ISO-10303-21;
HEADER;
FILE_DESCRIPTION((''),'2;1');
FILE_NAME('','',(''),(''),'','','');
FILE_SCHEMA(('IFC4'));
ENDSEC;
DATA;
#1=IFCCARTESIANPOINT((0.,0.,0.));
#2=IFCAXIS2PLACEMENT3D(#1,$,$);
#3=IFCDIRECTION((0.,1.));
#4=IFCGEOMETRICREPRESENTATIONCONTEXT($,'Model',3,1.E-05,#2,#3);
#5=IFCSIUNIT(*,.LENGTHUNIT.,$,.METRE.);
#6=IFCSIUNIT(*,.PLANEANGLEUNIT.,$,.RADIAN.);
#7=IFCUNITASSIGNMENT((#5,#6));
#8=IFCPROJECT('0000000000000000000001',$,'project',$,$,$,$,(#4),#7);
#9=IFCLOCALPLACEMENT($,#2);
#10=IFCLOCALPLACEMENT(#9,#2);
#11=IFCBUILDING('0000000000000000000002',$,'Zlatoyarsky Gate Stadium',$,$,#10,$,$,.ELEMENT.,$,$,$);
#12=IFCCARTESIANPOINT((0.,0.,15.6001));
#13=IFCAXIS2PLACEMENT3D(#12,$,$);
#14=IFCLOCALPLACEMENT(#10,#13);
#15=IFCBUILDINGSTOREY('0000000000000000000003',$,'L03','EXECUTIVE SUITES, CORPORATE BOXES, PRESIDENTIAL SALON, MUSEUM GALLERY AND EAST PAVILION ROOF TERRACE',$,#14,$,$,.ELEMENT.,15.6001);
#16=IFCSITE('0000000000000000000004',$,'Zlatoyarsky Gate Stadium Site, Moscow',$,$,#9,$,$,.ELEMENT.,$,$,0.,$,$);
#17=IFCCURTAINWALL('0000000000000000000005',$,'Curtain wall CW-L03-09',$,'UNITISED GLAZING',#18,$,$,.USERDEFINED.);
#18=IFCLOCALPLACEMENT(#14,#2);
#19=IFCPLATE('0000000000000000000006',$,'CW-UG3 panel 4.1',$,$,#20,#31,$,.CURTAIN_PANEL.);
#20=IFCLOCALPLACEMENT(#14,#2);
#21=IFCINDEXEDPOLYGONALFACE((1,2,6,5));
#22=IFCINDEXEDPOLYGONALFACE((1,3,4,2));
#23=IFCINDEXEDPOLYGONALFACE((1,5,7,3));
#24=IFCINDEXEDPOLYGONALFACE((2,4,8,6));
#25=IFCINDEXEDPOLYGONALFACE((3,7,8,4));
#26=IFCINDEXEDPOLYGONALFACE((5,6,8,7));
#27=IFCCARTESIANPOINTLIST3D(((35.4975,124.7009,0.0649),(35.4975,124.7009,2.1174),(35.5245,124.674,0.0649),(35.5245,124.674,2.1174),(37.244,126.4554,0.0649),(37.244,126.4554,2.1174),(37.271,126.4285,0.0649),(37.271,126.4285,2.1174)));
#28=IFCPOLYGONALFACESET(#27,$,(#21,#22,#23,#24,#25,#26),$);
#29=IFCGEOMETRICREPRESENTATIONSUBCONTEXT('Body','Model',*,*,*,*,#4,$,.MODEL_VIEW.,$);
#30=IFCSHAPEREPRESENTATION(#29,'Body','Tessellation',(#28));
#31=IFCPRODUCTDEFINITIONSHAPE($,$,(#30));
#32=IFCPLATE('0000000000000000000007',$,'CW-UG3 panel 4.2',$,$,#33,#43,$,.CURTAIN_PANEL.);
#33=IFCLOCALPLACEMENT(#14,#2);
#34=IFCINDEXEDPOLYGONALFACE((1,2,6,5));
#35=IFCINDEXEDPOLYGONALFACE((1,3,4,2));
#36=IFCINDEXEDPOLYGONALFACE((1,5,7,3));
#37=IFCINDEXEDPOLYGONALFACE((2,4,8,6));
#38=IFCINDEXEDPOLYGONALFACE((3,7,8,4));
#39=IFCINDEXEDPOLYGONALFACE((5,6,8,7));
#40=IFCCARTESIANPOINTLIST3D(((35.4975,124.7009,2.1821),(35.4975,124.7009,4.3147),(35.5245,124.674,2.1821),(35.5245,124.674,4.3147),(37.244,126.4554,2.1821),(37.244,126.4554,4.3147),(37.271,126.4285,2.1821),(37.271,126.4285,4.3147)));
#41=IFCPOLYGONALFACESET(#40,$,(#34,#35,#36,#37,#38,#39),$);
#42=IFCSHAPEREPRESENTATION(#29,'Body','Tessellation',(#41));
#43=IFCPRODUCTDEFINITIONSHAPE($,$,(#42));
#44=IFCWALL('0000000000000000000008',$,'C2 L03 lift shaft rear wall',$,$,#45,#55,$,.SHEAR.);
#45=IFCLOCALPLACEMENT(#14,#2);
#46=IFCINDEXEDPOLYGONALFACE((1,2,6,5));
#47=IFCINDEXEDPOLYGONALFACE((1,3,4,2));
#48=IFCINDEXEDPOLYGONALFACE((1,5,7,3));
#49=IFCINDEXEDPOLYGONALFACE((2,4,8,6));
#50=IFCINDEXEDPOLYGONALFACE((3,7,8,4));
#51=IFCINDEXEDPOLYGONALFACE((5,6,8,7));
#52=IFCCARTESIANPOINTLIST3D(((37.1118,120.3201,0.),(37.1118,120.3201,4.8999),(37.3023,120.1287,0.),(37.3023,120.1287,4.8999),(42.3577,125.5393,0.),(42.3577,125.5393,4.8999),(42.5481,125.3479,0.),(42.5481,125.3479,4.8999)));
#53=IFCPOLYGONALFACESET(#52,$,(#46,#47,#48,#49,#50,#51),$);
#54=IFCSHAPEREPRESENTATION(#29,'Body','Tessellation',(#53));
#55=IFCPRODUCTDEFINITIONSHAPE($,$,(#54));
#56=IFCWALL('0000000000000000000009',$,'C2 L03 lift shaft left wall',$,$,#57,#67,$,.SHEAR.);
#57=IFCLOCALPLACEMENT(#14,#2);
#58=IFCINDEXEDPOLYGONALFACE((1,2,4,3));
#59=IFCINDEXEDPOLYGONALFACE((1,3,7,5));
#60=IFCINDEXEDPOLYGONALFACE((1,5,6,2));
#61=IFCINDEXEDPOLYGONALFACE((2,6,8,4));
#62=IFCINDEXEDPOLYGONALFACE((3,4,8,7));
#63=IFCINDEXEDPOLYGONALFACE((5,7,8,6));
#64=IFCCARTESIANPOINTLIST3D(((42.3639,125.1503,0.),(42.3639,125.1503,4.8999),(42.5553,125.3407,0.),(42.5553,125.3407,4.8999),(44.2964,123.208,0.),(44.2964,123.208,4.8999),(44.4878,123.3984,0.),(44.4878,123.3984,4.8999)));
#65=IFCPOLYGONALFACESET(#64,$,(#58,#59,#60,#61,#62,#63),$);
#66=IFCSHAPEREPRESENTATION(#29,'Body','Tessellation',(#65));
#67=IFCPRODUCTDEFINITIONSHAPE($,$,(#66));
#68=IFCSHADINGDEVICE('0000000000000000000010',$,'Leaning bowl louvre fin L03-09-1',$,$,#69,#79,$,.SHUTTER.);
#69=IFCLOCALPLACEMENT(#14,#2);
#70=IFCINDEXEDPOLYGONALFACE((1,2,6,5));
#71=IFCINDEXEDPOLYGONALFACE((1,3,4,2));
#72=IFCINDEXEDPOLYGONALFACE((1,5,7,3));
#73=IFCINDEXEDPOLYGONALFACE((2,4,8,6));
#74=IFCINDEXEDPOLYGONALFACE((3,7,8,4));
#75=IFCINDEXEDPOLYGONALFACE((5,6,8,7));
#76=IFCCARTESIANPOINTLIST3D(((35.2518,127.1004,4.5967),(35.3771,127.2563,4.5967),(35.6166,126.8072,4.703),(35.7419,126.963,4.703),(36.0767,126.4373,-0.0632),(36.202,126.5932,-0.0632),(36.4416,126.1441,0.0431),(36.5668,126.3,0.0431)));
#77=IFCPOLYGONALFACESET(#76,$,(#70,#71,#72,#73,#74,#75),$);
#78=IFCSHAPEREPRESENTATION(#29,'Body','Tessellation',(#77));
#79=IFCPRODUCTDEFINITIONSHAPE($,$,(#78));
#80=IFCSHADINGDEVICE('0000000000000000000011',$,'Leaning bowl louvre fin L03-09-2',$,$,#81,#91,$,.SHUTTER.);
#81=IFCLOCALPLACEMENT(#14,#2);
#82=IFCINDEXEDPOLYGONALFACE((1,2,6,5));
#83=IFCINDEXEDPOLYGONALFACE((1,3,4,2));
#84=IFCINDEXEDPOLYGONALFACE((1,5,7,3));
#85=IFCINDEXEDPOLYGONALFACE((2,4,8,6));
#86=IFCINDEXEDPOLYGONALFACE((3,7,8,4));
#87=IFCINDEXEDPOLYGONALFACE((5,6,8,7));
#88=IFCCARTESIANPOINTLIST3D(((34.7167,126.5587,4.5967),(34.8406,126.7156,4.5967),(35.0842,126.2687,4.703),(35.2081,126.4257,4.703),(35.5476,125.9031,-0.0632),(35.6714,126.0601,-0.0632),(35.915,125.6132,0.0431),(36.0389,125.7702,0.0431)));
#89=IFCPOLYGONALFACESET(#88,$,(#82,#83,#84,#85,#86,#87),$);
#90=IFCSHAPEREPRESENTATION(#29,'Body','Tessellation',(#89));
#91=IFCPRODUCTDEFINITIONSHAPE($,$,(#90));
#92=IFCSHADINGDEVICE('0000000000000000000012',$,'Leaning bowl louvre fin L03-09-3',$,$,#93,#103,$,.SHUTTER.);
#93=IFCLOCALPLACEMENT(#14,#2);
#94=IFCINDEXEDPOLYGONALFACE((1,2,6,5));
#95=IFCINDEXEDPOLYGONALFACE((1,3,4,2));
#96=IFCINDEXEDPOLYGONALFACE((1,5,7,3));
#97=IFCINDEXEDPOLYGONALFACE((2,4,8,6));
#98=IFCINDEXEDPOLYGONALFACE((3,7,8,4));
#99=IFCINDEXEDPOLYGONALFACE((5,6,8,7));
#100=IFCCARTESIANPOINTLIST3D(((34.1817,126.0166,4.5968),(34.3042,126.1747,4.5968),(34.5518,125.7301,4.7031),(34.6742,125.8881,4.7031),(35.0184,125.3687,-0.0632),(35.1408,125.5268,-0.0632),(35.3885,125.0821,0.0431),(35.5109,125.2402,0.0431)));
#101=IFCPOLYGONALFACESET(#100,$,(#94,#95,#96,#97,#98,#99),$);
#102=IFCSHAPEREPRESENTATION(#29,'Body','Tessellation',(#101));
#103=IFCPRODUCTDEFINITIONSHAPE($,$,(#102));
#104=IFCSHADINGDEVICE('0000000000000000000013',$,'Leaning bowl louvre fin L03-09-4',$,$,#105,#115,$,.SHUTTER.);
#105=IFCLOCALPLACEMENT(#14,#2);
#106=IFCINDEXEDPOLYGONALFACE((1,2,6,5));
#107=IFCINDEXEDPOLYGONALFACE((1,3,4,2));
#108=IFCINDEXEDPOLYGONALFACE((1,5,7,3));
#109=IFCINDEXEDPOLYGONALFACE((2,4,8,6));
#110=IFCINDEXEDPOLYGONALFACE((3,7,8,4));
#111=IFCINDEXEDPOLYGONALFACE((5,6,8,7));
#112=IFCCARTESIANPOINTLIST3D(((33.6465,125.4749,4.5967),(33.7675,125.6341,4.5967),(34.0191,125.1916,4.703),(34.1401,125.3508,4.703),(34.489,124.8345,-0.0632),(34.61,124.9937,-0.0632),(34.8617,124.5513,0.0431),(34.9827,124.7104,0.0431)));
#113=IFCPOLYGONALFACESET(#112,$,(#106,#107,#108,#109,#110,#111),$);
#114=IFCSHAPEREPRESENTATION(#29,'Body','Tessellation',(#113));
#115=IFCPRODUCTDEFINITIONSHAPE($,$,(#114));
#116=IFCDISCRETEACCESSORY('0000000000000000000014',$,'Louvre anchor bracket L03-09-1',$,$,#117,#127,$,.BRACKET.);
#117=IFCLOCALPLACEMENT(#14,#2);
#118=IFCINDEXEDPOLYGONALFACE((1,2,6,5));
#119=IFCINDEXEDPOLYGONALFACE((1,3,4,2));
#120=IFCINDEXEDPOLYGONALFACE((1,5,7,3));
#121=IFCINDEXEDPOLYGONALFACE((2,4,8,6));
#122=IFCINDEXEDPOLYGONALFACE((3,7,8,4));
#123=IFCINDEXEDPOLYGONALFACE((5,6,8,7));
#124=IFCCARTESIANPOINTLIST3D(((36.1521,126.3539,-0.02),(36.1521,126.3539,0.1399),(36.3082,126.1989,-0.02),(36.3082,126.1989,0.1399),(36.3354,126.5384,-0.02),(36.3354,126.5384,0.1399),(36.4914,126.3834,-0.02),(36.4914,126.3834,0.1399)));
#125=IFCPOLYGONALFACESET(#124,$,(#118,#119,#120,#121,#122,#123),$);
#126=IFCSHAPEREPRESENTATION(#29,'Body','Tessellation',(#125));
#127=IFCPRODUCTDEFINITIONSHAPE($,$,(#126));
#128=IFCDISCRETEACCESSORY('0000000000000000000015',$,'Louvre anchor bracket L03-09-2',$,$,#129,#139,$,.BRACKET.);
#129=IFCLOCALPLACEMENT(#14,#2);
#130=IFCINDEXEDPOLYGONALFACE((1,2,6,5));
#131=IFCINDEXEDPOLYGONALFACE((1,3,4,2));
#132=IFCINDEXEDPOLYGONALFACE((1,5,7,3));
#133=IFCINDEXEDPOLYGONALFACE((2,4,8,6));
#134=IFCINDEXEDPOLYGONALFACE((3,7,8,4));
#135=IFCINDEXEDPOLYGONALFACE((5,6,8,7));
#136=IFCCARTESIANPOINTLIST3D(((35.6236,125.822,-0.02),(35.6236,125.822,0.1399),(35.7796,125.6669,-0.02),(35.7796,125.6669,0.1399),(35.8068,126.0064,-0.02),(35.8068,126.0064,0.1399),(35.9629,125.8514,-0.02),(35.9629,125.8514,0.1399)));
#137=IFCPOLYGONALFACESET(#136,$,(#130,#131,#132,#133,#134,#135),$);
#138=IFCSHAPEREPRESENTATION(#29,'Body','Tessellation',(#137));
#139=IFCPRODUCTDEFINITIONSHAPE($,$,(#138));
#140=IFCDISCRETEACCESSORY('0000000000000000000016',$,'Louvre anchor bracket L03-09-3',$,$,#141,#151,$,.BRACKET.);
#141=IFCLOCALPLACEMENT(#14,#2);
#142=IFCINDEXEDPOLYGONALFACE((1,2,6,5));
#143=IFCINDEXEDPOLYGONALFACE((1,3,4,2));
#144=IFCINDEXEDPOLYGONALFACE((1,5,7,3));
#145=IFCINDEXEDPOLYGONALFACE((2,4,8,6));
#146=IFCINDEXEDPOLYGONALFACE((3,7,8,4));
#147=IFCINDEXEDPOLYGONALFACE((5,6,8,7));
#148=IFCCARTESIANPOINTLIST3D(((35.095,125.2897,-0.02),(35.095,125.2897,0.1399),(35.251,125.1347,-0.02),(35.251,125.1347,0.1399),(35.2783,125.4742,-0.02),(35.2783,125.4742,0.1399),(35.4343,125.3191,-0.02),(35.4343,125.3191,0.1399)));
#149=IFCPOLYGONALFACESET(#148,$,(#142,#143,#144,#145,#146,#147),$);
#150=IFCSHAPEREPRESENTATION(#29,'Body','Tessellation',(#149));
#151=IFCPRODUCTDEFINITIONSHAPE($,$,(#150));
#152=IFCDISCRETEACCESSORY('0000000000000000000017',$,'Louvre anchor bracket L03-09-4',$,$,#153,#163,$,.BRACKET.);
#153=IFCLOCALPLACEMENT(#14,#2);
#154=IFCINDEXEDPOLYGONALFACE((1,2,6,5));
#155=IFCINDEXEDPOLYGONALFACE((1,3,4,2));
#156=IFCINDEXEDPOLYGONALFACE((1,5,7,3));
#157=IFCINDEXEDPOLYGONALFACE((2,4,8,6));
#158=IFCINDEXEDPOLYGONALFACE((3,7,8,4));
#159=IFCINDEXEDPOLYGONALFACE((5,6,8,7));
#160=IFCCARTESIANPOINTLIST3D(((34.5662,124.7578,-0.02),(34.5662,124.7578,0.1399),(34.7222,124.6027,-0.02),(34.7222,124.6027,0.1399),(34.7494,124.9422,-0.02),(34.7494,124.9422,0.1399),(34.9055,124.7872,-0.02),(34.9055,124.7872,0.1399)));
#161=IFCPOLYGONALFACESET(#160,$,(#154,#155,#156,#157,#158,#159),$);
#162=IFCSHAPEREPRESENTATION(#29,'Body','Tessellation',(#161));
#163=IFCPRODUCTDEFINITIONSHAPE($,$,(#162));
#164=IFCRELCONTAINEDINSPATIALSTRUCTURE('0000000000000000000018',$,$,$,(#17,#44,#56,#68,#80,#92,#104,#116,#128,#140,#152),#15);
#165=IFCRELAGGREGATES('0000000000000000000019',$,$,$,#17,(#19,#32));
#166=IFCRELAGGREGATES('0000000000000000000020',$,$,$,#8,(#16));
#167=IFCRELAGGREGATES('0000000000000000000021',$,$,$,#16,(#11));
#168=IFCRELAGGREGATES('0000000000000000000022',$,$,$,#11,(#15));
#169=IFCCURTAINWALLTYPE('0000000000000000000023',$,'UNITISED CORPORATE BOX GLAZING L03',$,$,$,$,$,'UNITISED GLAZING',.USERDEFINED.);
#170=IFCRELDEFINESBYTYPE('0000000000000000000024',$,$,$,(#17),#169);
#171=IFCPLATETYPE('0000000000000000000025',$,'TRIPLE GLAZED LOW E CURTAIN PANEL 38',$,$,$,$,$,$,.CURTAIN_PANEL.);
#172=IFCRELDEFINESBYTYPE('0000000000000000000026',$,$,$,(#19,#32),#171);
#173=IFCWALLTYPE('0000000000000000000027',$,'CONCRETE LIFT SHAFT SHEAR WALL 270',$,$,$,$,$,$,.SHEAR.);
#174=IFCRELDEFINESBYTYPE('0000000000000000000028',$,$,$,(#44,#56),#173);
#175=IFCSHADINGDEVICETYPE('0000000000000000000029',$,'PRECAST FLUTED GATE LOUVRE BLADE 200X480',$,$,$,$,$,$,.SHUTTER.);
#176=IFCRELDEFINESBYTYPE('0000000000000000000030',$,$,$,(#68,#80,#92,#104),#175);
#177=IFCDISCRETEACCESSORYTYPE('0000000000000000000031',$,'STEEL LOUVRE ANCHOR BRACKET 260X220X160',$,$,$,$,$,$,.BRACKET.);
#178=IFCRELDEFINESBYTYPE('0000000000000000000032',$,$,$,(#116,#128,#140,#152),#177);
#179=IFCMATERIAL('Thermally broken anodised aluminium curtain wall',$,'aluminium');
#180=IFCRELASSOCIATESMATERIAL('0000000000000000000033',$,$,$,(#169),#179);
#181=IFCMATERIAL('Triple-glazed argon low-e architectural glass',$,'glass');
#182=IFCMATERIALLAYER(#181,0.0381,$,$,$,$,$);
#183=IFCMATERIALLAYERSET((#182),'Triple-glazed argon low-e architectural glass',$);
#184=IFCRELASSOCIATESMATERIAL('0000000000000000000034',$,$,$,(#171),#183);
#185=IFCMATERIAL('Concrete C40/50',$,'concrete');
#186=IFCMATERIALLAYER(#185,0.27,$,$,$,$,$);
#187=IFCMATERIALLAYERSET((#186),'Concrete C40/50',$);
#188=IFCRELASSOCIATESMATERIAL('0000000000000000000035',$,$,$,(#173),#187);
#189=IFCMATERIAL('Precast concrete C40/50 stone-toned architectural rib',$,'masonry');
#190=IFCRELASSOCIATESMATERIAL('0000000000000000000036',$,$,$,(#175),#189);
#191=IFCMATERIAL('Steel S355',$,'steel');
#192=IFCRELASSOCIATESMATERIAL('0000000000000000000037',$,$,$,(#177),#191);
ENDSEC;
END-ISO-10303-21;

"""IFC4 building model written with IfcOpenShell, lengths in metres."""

from ifc_helpers import new_model, si_unit, direction, frame, frame_2d, origin, origin_2d, place, context, subcontext, project, spatial, rectangle, extrude, material, layer, layer_set, material_profile, profile_set, type_object, element, aggregate, save


model = new_model("IFC4")

# Units and contexts
model_context = context("Model", 3, precision=1e-05, world=origin(), true_north=direction((0.0, 1.0)))
body_context = subcontext(model_context, "Body", "Model", "MODEL_VIEW")
ifc_project = project(units=[si_unit("LENGTHUNIT", "METRE"), si_unit("PLANEANGLEUNIT", "RADIAN")], contexts=[model_context])

# Site, building, storey
site_placement = place(None, origin())
site = spatial("IfcSite", under=ifc_project, at=site_placement, Name="Zlatoyarsky Gate Stadium Site, Moscow", CompositionType="ELEMENT", RefElevation=0.0)
building_placement = place(site_placement, origin())
building = spatial("IfcBuilding", under=site, at=building_placement, Name="Zlatoyarsky Gate Stadium", CompositionType="ELEMENT")
storey_placement = place(building_placement, frame((0.0, 0.0, 15.6001)))
storey = spatial("IfcBuildingStorey", under=building, at=storey_placement, Name="L03", Description="EXECUTIVE SUITES, CORPORATE BOXES, PRESIDENTIAL SALON, MUSEUM GALLERY AND EAST PAVILION ROOF TERRACE", CompositionType="ELEMENT", Elevation=15.6001)

# Curtain wall
ifc_material_1 = material(Name="Thermally broken anodised aluminium curtain wall", Category="aluminium")
curtain_wall_type = type_object("IfcCurtainWallType", Name="UNITISED CORPORATE BOX GLAZING L03", ElementType="UNITISED GLAZING", PredefinedType="USERDEFINED", material=ifc_material_1)
curtain_wall_placement = place(storey_placement, origin())
curtain_wall = element("IfcCurtainWall", 1, at=curtain_wall_placement, inside=storey, type_object=curtain_wall_type, Name="Curtain wall CW-L03-09", ObjectType="UNITISED GLAZING", PredefinedType="USERDEFINED")

# Shared definitions
ifc_material_2 = material(Name="Steel S355", Category="steel")

# Plates
ifc_material_3 = material(Name="Triple-glazed argon low-e architectural glass", Category="glass")
ifc_layer_1 = layer(ifc_material_3, 0.0381)
ifc_layer_set_1 = layer_set([ifc_layer_1], Name="Triple-glazed argon low-e architectural glass")
plate_type_1 = type_object("IfcPlateType", Name="TRIPLE GLAZED LOW E CURTAIN PANEL 38", PredefinedType="CURTAIN_PANEL", material=ifc_layer_set_1)
plate_1_placement = place(storey_placement, frame((36.3843, 125.5647, 0.0649), z_axis=(0.0, 0.0, 1.0), x_axis=(-0.705489, -0.708721, 0.0)))
plate_1 = element("IfcPlate", 2, at=plate_1_placement, type_object=plate_type_1, Name="CW-UG3 panel 4.1", PredefinedType="CURTAIN_PANEL", context=body_context, shape_type="SweptSolid", body=[
    extrude(rectangle(XDim=2.4756, YDim=0.0381, at=origin_2d()), origin(), (0.0, 0.0, 1.0), 2.0525),
])
plate_2_placement = place(storey_placement, frame((36.3843, 125.5647, 2.1821), z_axis=(0.0, 0.0, 1.0), x_axis=(-0.705489, -0.708721, 0.0)))
plate_2 = element("IfcPlate", 3, at=plate_2_placement, type_object=plate_type_1, Name="CW-UG3 panel 4.2", PredefinedType="CURTAIN_PANEL", context=body_context, shape_type="SweptSolid", body=[
    extrude(rectangle(XDim=2.4756, YDim=0.0381, at=origin_2d()), origin(), (0.0, 0.0, 1.0), 2.1326),
])
aggregate(curtain_wall, [plate_1, plate_2])

# Walls
ifc_material_4 = material(Name="Concrete C40/50", Category="concrete")
ifc_layer_2 = layer(ifc_material_4, 0.27)
ifc_layer_set_2 = layer_set([ifc_layer_2], Name="Concrete C40/50")
wall_type = type_object("IfcWallType", Name="CONCRETE LIFT SHAFT SHEAR WALL 270", PredefinedType="SHEAR", material=ifc_layer_set_2)
wall_1_placement = place(storey_placement, frame((42.4529, 125.4436, 0.0), z_axis=(0.0, 0.0, 1.0), x_axis=(-0.708903, -0.705306, 0.0)))
element("IfcWall", 4, at=wall_1_placement, inside=storey, type_object=wall_type, Name="C2 L03 lift shaft rear wall", PredefinedType="SHEAR", context=body_context, shape_type="SweptSolid", body=[
    extrude(rectangle(XDim=7.3999, YDim=0.27, at=frame_2d((3.7, 0.0))), origin(), (0.0, 0.0, 1.0), 4.8999),
])
wall_2_placement = place(storey_placement, frame((42.4595, 125.2456, 0.0), z_axis=(0.0, 0.0, 1.0), x_axis=(0.705323, -0.708887, 0.0)))
element("IfcWall", 5, at=wall_2_placement, inside=storey, type_object=wall_type, Name="C2 L03 lift shaft left wall", PredefinedType="SHEAR", context=body_context, shape_type="SweptSolid", body=[
    extrude(rectangle(XDim=2.74, YDim=0.27, at=frame_2d((1.3701, 0.0))), origin(), (0.0, 0.0, 1.0), 4.8999),
])

# Shading devices
ifc_material_5 = material(Name="Precast concrete C40/50 stone-toned architectural rib", Category="masonry")
ifc_material_profile_1 = material_profile(ifc_material_5, rectangle(XDim=0.2, YDim=0.48, at=origin_2d()), Name="RIB 200X480")
ifc_profile_set_1 = profile_set([ifc_material_profile_1], Name="Precast concrete C40/50 stone-toned architectural rib")
shading_device_type = type_object("IfcShadingDeviceType", Name="PRECAST FLUTED GATE LOUVRE BLADE 200X480", PredefinedType="SHUTTER", material=ifc_profile_set_1)
for number, where, z_axis, x_axis, name in (
    (6, (36.3218, 126.3687, -0.01), (-0.172635, 0.138762, 0.975163), (-0.626494, -0.779426, 0.0), "Leaning bowl louvre fin L03-09-1"),
    (7, (35.7932, 125.8367, -0.01), (-0.173862, 0.137179, 0.975169), (-0.61942, -0.78506, 0.0), "Leaning bowl louvre fin L03-09-2"),
    (8, (35.2646, 125.3044, -0.01), (-0.175088, 0.135595, 0.975171), (-0.612294, -0.79063, 0.0), "Leaning bowl louvre fin L03-09-3"),
    (9, (34.7358, 124.7725, -0.01), (-0.176314, 0.134011, 0.975169), (-0.605118, -0.796136, 0.0), "Leaning bowl louvre fin L03-09-4"),
):
    element("IfcShadingDevice", number, at=place(storey_placement, frame(where, z_axis=z_axis, x_axis=x_axis)), inside=storey, type_object=shading_device_type, Name=name, PredefinedType="SHUTTER", context=body_context, shape_type="SweptSolid", body=[
        extrude(rectangle(XDim=0.2, YDim=0.48, at=origin_2d()), origin(), (0.0, 0.0, 1.0), 4.7786),
    ])

# Discrete accessories
discrete_accessory_type = type_object("IfcDiscreteAccessoryType", Name="STEEL LOUVRE ANCHOR BRACKET 260X220X160", PredefinedType="BRACKET", material=ifc_material_2)
for number, where, z_axis, x_axis, name in (
    (10, (36.3218, 126.3687, -0.02), (0.0, 0.0, 1.0), (-0.704815, -0.709391, 0.0), "Louvre anchor bracket L03-09-1"),
    (11, (35.7932, 125.8367, -0.02), (0.0, 0.0, 1.0), (-0.704815, -0.709391, 0.0), "Louvre anchor bracket L03-09-2"),
    (12, (35.2646, 125.3044, -0.02), (0.0, 0.0, 1.0), (-0.704815, -0.709391, 0.0), "Louvre anchor bracket L03-09-3"),
    (13, (34.7358, 124.7725, -0.02), (0.0, 0.0, 1.0), (-0.704815, -0.709391, 0.0), "Louvre anchor bracket L03-09-4"),
):
    element("IfcDiscreteAccessory", number, at=place(storey_placement, frame(where, z_axis=z_axis, x_axis=x_axis)), inside=storey, type_object=discrete_accessory_type, Name=name, PredefinedType="BRACKET", context=body_context, shape_type="SweptSolid", body=[
        extrude(rectangle(XDim=0.26, YDim=0.22, at=origin_2d()), origin(), (0.0, 0.0, 1.0), 0.1599),
    ])

save(model, "model.ifc")
